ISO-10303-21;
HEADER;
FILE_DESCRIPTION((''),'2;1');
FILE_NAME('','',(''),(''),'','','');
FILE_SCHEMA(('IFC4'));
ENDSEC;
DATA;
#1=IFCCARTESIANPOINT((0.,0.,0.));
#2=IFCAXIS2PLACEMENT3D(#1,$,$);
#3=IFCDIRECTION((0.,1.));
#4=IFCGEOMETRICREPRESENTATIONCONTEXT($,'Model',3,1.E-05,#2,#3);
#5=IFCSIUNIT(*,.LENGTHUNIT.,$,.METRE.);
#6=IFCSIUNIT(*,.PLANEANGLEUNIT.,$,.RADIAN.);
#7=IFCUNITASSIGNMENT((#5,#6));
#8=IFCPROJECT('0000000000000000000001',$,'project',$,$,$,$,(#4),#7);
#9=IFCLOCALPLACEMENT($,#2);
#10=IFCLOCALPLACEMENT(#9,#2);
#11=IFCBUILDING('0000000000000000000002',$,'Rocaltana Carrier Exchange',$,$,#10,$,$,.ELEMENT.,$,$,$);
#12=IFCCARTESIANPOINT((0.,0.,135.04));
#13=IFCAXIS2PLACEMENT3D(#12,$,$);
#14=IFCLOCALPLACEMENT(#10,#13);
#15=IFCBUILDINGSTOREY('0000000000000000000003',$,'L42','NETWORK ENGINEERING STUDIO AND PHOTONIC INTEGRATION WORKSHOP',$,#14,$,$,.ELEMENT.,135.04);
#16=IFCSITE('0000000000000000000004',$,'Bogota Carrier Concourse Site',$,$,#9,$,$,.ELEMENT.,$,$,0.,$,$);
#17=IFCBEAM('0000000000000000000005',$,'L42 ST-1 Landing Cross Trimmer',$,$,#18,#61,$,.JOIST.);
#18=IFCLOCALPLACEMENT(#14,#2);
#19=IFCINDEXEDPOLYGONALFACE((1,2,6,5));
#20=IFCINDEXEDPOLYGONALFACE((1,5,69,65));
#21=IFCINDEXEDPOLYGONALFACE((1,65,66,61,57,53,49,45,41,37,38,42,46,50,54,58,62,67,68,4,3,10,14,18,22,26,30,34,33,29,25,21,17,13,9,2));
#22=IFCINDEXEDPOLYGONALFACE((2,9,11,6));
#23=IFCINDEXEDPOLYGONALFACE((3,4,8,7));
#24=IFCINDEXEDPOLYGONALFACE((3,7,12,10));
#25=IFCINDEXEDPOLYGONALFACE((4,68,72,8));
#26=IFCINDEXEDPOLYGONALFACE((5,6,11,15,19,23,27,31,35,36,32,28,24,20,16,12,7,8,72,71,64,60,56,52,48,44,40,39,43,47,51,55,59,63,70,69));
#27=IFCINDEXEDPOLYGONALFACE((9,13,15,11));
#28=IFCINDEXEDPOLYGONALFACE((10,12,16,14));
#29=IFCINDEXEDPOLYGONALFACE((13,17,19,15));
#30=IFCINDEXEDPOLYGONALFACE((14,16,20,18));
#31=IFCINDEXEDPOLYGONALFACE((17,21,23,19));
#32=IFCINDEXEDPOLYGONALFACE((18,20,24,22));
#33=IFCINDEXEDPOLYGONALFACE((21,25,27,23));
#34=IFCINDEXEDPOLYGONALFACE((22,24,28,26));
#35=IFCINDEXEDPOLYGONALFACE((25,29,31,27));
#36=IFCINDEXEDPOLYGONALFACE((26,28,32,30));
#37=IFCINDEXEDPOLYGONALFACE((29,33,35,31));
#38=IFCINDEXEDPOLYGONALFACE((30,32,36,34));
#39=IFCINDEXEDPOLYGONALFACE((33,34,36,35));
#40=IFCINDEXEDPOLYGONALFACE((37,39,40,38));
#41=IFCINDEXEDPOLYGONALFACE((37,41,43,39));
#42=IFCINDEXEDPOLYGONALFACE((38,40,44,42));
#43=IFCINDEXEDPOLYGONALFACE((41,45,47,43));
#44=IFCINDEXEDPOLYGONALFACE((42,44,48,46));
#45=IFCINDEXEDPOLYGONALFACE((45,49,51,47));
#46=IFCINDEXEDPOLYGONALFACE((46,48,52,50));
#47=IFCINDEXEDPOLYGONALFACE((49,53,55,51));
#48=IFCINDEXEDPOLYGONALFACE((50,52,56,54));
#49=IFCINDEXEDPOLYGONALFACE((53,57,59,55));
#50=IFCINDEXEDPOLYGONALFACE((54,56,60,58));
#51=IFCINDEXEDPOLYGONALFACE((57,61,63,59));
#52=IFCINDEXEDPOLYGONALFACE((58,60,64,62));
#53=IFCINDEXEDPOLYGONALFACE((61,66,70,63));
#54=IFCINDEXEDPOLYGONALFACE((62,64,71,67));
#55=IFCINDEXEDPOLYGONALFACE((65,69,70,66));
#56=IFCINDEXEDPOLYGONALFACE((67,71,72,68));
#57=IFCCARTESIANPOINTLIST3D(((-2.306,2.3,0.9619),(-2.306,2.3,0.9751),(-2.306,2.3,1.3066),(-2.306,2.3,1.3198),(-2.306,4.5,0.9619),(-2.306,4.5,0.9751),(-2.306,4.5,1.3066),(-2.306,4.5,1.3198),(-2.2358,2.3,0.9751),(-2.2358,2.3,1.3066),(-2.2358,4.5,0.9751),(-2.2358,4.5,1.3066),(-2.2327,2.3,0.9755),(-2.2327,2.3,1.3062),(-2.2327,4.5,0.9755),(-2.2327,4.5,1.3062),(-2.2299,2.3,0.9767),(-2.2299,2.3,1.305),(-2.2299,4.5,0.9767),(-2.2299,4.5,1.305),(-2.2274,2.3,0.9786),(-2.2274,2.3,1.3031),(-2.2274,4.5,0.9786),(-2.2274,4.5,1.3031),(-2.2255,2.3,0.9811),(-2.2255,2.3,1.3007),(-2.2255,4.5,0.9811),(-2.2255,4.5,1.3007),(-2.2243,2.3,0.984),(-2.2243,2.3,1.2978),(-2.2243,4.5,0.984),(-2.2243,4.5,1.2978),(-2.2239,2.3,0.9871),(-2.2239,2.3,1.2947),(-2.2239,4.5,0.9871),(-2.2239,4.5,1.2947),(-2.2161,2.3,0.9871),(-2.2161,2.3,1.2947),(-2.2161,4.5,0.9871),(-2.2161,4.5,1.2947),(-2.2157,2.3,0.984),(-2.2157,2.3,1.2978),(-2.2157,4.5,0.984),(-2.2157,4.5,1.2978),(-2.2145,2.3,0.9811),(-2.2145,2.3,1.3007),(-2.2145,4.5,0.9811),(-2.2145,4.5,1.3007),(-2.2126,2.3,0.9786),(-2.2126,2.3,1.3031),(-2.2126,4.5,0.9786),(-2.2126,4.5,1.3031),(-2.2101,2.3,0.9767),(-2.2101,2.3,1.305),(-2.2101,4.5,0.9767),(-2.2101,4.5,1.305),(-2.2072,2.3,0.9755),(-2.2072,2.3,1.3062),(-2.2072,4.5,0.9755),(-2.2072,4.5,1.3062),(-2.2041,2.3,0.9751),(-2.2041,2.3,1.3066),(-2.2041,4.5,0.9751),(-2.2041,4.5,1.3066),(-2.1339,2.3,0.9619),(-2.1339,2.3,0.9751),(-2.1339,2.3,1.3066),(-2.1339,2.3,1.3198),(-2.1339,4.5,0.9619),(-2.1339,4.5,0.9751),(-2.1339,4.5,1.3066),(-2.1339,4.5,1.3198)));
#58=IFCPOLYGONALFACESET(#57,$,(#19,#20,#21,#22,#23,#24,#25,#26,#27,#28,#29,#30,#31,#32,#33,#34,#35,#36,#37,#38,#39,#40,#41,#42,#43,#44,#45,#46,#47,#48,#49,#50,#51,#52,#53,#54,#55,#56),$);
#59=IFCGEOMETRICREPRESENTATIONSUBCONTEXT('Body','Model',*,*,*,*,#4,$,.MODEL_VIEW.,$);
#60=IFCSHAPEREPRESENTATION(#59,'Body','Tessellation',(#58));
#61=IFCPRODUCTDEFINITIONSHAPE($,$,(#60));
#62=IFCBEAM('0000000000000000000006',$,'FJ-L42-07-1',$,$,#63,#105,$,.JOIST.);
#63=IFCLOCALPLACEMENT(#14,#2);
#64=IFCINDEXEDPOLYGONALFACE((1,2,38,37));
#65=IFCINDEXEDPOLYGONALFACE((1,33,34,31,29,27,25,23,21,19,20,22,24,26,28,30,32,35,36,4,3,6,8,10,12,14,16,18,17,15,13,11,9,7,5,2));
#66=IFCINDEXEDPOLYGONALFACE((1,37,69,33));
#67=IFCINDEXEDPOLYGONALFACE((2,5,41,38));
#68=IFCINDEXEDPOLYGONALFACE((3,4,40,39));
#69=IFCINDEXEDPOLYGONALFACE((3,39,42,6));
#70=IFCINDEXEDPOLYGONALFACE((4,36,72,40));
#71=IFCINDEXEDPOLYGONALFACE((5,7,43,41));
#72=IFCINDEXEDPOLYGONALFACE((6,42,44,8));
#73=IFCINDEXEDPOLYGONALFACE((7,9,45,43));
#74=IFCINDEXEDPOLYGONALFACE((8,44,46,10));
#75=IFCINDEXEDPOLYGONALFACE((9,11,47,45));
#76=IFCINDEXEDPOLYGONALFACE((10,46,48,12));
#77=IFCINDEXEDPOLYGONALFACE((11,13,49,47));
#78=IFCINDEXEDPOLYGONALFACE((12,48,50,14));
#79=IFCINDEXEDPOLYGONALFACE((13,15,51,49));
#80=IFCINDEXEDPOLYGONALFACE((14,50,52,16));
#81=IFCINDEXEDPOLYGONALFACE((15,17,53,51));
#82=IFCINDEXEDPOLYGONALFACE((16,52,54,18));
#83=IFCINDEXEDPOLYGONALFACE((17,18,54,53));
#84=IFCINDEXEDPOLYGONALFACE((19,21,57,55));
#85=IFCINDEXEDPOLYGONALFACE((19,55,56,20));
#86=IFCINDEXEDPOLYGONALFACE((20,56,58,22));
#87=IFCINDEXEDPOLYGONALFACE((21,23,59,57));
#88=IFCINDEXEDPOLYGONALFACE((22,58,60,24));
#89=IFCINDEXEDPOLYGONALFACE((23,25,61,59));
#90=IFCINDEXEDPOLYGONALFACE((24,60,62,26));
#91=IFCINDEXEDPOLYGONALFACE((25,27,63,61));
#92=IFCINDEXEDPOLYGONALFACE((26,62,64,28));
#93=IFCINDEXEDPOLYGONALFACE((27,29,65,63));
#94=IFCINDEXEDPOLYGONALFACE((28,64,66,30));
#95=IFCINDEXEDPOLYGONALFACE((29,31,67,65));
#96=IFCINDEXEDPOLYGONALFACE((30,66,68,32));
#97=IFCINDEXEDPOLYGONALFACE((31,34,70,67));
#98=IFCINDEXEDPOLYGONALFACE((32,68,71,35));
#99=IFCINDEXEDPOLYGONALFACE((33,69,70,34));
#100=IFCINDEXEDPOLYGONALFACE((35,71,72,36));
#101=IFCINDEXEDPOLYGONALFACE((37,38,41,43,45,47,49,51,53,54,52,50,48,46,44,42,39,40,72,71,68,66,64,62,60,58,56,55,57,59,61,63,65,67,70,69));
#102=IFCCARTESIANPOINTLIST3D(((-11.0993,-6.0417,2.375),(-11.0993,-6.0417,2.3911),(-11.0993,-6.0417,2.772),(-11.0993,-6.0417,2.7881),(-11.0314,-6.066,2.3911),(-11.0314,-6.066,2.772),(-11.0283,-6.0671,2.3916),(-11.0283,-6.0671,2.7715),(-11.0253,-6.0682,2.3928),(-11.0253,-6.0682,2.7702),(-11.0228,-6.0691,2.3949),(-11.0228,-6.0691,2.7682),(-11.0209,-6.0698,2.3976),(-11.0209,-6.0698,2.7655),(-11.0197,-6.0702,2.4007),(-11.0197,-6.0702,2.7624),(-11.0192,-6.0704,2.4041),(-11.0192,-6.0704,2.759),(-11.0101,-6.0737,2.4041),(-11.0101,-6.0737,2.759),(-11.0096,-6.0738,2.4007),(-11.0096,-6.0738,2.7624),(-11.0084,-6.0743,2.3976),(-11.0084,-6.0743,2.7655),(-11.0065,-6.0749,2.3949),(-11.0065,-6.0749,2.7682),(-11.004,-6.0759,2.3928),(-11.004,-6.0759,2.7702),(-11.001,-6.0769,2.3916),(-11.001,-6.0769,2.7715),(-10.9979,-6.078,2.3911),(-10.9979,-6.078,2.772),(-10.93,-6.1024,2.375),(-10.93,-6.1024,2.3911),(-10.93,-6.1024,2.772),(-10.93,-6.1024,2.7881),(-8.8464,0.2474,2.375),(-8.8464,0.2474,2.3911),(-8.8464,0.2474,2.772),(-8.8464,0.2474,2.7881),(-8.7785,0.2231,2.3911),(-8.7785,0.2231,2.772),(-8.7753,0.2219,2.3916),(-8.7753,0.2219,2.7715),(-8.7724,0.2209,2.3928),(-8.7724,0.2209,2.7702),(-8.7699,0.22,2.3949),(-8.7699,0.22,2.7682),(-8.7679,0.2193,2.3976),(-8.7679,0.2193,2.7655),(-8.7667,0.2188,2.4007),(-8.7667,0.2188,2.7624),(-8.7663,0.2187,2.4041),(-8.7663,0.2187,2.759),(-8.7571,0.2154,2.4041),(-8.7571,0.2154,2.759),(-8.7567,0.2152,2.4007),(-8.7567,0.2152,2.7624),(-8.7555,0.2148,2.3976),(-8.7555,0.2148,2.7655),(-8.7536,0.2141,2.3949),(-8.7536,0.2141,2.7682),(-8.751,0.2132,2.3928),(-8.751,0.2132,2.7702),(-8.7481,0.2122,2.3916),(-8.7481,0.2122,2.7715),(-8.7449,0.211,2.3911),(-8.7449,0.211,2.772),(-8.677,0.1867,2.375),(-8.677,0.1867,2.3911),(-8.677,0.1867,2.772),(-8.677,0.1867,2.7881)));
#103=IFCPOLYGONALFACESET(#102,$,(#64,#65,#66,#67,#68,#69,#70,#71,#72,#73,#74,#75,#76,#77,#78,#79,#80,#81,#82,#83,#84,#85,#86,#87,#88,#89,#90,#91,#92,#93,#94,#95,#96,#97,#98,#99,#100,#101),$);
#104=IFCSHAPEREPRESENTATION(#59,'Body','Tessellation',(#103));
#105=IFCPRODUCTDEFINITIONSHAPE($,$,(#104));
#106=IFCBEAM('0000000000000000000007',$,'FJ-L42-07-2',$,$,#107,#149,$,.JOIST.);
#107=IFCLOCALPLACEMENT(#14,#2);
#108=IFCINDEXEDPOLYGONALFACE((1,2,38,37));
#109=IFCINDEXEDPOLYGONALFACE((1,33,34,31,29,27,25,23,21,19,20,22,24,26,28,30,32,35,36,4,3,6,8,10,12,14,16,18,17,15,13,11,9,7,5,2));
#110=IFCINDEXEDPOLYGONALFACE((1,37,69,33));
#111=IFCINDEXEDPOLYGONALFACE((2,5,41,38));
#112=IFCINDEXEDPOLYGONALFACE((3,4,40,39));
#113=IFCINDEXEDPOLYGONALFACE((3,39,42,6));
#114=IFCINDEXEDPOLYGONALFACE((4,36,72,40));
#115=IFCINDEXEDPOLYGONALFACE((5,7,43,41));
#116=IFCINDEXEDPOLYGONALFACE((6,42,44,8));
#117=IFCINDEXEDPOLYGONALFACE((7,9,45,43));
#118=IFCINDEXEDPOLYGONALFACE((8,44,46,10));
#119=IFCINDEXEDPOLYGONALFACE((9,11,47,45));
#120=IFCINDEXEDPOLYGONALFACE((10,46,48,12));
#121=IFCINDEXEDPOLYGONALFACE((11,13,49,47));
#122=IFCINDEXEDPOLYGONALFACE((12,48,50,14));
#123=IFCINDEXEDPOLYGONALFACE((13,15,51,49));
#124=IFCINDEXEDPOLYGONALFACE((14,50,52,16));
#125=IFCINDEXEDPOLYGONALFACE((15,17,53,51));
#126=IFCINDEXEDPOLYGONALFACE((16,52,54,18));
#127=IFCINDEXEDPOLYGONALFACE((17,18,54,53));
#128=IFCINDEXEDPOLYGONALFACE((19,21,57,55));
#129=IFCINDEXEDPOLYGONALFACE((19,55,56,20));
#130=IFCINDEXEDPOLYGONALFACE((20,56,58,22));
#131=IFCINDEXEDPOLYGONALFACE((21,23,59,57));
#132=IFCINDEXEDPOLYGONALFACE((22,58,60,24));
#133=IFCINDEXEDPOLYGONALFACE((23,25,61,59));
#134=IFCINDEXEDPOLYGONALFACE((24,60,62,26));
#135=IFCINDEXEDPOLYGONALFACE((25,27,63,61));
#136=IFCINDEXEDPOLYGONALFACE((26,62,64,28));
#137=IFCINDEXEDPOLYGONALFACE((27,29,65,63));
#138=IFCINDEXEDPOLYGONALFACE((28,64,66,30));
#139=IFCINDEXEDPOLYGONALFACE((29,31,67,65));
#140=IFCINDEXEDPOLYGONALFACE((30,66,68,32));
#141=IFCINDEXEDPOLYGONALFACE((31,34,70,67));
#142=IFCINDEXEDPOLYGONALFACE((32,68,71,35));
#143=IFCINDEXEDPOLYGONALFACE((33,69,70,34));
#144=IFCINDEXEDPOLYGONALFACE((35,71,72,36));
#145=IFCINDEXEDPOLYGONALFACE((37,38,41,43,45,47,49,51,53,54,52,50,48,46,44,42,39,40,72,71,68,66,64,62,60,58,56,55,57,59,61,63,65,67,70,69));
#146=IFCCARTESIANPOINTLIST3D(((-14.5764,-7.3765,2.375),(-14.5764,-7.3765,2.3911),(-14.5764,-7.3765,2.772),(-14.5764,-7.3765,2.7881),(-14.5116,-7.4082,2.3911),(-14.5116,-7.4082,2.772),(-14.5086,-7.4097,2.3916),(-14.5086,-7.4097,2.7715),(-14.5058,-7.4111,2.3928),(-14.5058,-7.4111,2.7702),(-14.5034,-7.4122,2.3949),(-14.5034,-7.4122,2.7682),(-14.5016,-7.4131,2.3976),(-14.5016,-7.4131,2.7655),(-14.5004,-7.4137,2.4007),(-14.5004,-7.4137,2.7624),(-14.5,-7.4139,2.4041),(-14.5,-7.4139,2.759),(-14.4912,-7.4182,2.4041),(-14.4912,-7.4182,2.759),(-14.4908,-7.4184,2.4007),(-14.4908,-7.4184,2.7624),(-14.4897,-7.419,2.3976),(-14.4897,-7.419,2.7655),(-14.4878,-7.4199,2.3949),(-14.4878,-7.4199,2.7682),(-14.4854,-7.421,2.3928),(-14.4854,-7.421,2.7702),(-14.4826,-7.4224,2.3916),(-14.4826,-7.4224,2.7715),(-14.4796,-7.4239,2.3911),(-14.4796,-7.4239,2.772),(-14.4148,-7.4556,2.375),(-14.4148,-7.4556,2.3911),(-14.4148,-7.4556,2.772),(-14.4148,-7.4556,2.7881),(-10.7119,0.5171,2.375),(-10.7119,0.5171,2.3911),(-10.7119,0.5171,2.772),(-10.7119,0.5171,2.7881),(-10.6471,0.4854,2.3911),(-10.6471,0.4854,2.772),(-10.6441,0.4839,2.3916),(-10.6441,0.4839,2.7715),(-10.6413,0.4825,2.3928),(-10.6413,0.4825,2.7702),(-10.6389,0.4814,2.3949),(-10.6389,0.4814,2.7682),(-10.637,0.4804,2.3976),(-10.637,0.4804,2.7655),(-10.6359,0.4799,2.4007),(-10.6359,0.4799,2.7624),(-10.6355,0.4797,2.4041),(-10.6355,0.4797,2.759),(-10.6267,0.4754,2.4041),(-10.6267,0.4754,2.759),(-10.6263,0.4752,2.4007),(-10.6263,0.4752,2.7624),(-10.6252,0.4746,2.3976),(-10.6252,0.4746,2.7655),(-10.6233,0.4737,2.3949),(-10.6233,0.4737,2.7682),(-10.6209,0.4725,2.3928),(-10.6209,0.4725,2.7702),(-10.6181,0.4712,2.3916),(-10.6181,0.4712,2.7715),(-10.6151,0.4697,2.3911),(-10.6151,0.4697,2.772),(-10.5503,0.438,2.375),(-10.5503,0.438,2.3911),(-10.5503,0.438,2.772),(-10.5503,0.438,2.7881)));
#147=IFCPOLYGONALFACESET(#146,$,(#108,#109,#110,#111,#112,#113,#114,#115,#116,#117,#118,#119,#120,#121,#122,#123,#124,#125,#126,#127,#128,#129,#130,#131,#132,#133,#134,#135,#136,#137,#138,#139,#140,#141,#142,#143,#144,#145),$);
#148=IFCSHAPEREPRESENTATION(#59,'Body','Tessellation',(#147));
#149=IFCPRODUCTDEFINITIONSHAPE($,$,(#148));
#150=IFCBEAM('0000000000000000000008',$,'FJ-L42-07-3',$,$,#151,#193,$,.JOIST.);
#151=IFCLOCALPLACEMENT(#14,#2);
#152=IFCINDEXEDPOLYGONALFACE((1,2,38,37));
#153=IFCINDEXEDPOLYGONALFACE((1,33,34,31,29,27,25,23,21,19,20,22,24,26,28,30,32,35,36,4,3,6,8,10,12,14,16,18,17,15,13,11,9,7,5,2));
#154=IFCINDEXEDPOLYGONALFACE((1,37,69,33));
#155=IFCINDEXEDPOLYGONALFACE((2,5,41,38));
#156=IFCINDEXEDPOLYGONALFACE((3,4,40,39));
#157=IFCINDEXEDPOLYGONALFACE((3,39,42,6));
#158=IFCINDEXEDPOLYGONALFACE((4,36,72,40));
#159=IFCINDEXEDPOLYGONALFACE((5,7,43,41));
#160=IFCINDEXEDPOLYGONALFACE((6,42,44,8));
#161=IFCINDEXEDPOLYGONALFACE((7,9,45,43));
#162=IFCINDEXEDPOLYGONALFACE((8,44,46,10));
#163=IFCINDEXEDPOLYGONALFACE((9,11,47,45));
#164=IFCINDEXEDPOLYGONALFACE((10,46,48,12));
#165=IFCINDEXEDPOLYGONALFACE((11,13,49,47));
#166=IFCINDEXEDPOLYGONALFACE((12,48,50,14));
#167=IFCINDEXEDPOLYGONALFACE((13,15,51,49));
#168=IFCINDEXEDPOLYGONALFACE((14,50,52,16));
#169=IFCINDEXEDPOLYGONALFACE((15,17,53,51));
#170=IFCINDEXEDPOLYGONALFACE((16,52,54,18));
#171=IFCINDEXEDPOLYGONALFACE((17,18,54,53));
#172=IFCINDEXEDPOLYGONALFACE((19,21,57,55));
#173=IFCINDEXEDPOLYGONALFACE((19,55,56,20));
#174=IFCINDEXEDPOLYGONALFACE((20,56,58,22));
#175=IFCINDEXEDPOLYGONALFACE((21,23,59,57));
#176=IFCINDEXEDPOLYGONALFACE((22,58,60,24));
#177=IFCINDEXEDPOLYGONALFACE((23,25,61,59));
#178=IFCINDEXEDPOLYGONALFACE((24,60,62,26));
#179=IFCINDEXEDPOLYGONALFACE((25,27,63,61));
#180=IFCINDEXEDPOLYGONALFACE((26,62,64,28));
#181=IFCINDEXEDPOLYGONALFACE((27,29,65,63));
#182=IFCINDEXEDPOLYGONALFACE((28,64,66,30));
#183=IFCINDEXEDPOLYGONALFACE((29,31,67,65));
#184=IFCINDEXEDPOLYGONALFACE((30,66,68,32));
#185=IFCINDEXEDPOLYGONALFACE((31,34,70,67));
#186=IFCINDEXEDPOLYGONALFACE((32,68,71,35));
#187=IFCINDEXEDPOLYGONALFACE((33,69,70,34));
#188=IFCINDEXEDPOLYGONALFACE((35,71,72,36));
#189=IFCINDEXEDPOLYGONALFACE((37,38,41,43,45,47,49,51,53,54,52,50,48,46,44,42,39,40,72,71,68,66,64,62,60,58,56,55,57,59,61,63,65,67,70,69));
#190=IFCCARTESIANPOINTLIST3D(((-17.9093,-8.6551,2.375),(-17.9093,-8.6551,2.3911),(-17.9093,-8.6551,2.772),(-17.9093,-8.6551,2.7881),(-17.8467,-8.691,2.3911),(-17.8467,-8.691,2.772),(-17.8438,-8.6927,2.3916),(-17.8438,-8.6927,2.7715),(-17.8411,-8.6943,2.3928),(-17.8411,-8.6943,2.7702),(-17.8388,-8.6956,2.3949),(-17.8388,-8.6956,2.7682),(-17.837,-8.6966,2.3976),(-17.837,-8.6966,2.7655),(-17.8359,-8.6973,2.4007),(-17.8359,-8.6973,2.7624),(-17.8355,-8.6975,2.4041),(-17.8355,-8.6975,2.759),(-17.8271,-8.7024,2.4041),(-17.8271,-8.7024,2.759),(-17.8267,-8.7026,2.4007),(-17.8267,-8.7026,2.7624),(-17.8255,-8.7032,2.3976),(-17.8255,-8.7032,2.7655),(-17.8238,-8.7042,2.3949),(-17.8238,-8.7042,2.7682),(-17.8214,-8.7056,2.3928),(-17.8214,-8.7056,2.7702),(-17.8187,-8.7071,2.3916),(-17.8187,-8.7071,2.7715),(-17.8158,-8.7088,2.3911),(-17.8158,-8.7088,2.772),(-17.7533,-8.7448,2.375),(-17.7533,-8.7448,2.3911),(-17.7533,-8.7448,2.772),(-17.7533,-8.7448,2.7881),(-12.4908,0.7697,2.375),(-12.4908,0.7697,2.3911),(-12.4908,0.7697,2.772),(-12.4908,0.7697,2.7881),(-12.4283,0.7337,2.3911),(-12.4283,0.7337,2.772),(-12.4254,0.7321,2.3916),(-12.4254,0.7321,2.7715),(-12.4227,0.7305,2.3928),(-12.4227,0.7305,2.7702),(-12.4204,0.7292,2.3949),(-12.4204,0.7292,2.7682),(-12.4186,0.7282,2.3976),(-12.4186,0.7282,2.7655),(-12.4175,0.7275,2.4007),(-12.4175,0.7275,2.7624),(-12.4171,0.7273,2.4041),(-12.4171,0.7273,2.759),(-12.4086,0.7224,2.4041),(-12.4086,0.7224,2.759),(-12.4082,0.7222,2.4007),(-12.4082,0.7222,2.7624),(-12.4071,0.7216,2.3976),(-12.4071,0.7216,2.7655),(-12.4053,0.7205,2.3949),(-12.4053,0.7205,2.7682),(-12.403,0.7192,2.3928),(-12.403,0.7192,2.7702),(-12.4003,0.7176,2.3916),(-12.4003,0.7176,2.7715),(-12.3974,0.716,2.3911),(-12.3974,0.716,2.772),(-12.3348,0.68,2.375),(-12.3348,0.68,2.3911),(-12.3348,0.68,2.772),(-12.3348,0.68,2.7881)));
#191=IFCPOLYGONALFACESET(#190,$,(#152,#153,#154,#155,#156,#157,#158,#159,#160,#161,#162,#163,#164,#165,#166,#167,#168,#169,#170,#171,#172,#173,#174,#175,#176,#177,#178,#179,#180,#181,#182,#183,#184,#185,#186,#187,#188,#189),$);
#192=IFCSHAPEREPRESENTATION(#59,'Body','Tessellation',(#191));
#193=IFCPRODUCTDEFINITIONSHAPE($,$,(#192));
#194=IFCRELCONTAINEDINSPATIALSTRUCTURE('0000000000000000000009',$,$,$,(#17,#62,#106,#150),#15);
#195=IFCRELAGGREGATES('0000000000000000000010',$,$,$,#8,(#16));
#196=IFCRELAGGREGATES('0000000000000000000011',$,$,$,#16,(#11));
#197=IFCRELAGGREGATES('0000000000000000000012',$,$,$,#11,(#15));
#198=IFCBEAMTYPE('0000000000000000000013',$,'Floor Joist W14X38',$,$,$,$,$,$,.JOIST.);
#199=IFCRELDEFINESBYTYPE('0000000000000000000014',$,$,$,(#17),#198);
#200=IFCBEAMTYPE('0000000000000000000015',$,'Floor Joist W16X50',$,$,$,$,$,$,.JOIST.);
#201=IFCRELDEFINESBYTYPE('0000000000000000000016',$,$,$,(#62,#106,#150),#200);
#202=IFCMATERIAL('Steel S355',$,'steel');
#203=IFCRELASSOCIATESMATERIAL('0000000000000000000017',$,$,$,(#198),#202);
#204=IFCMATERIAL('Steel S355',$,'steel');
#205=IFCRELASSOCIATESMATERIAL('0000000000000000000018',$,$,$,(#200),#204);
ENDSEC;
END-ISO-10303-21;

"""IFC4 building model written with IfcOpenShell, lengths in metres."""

from ifc_helpers import new_model, si_unit, direction, frame, origin, origin_2d, place, context, subcontext, project, spatial, i_section, extrude, material, material_profile, profile_set, type_object, element, save


model = new_model("IFC4")

# Units and contexts
model_context = context("Model", 3, precision=1e-05, world=origin(), true_north=direction((0.0, 1.0)))
body_context = subcontext(model_context, "Body", "Model", "MODEL_VIEW")
ifc_project = project(units=[si_unit("LENGTHUNIT", "METRE"), si_unit("PLANEANGLEUNIT", "RADIAN")], contexts=[model_context])

# Site, building, storey
site_placement = place(None, origin())
site = spatial("IfcSite", under=ifc_project, at=site_placement, Name="Bogota Carrier Concourse Site", CompositionType="ELEMENT", RefElevation=0.0)
building_placement = place(site_placement, origin())
building = spatial("IfcBuilding", under=site, at=building_placement, Name="Rocaltana Carrier Exchange", CompositionType="ELEMENT")
storey_placement = place(building_placement, frame((0.0, 0.0, 135.04)))
storey = spatial("IfcBuildingStorey", under=building, at=storey_placement, Name="L42", Description="NETWORK ENGINEERING STUDIO AND PHOTONIC INTEGRATION WORKSHOP", CompositionType="ELEMENT", Elevation=135.04)

# Beams
ifc_material_1 = material(Name="Steel S355", Category="steel")
ifc_material_profile_1 = material_profile(ifc_material_1, i_section(OverallWidth=0.1721, OverallDepth=0.3579, WebThickness=0.0078, FlangeThickness=0.0132, FilletRadius=0.012, at=origin_2d()), Name="W14X38")
ifc_profile_set_1 = profile_set([ifc_material_profile_1], Name="Steel S355")
beam_type_1 = type_object("IfcBeamType", Name="Floor Joist W14X38", PredefinedType="JOIST", material=ifc_profile_set_1)
beam_1_placement = place(storey_placement, frame((-2.22, 2.3, 1.1409), z_axis=(0.0, 1.0, 0.0), x_axis=(-1.0, 0.0, 0.0)))
element("IfcBeam", 1, at=beam_1_placement, inside=storey, type_object=beam_type_1, Name="L42 ST-1 Landing Cross Trimmer", PredefinedType="JOIST", context=body_context, shape_type="SweptSolid", body=[
    extrude(i_section(OverallWidth=0.1721, OverallDepth=0.3579, WebThickness=0.0078, FlangeThickness=0.0132, FilletRadius=0.012, at=origin_2d()), origin(), (0.0, 0.0, 1.0), 2.2),
])
ifc_material_2 = material(Name="Steel S355", Category="steel")
ifc_material_profile_2 = material_profile(ifc_material_2, i_section(OverallWidth=0.1799, OverallDepth=0.4131, WebThickness=0.0098, FlangeThickness=0.0161, FilletRadius=0.0129, at=origin_2d()), Name="W16X50")
ifc_profile_set_2 = profile_set([ifc_material_profile_2], Name="Steel S355")
beam_type_2 = type_object("IfcBeamType", Name="Floor Joist W16X50", PredefinedType="JOIST", material=ifc_profile_set_2)
beam_2_placement = place(storey_placement, frame((-8.7617, 0.217, 2.5815), z_axis=(-0.337244, -0.941417, 0.0), x_axis=(0.941417, -0.337244, 0.0)))
element("IfcBeam", 2, at=beam_2_placement, inside=storey, type_object=beam_type_2, Name="FJ-L42-07-1", PredefinedType="JOIST", context=body_context, shape_type="SweptSolid", body=[
    extrude(i_section(OverallWidth=0.1799, OverallDepth=0.4131, WebThickness=0.0098, FlangeThickness=0.0161, FilletRadius=0.0129, at=origin_2d()), origin(), (0.0, 0.0, 1.0), 6.6804),
])
beam_3_placement = place(storey_placement, frame((-10.6311, 0.4775, 2.5815), z_axis=(-0.439709, -0.89814, 0.0), x_axis=(0.89814, -0.439709, 0.0)))
element("IfcBeam", 3, at=beam_3_placement, inside=storey, type_object=beam_type_2, Name="FJ-L42-07-2", PredefinedType="JOIST", context=body_context, shape_type="SweptSolid", body=[
    extrude(i_section(OverallWidth=0.1799, OverallDepth=0.4131, WebThickness=0.0098, FlangeThickness=0.0161, FilletRadius=0.0129, at=origin_2d()), origin(), (0.0, 0.0, 1.0), 8.7888),
])
beam_4_placement = place(storey_placement, frame((-12.4128, 0.7249, 2.5815), z_axis=(-0.498415, -0.866938, 0.0), x_axis=(0.866938, -0.498415, 0.0)))
element("IfcBeam", 4, at=beam_4_placement, inside=storey, type_object=beam_type_2, Name="FJ-L42-07-3", PredefinedType="JOIST", context=body_context, shape_type="SweptSolid", body=[
    extrude(i_section(OverallWidth=0.1799, OverallDepth=0.4131, WebThickness=0.0098, FlangeThickness=0.0161, FilletRadius=0.0129, at=origin_2d()), origin(), (0.0, 0.0, 1.0), 10.8713),
])

save(model, "model.ifc")
